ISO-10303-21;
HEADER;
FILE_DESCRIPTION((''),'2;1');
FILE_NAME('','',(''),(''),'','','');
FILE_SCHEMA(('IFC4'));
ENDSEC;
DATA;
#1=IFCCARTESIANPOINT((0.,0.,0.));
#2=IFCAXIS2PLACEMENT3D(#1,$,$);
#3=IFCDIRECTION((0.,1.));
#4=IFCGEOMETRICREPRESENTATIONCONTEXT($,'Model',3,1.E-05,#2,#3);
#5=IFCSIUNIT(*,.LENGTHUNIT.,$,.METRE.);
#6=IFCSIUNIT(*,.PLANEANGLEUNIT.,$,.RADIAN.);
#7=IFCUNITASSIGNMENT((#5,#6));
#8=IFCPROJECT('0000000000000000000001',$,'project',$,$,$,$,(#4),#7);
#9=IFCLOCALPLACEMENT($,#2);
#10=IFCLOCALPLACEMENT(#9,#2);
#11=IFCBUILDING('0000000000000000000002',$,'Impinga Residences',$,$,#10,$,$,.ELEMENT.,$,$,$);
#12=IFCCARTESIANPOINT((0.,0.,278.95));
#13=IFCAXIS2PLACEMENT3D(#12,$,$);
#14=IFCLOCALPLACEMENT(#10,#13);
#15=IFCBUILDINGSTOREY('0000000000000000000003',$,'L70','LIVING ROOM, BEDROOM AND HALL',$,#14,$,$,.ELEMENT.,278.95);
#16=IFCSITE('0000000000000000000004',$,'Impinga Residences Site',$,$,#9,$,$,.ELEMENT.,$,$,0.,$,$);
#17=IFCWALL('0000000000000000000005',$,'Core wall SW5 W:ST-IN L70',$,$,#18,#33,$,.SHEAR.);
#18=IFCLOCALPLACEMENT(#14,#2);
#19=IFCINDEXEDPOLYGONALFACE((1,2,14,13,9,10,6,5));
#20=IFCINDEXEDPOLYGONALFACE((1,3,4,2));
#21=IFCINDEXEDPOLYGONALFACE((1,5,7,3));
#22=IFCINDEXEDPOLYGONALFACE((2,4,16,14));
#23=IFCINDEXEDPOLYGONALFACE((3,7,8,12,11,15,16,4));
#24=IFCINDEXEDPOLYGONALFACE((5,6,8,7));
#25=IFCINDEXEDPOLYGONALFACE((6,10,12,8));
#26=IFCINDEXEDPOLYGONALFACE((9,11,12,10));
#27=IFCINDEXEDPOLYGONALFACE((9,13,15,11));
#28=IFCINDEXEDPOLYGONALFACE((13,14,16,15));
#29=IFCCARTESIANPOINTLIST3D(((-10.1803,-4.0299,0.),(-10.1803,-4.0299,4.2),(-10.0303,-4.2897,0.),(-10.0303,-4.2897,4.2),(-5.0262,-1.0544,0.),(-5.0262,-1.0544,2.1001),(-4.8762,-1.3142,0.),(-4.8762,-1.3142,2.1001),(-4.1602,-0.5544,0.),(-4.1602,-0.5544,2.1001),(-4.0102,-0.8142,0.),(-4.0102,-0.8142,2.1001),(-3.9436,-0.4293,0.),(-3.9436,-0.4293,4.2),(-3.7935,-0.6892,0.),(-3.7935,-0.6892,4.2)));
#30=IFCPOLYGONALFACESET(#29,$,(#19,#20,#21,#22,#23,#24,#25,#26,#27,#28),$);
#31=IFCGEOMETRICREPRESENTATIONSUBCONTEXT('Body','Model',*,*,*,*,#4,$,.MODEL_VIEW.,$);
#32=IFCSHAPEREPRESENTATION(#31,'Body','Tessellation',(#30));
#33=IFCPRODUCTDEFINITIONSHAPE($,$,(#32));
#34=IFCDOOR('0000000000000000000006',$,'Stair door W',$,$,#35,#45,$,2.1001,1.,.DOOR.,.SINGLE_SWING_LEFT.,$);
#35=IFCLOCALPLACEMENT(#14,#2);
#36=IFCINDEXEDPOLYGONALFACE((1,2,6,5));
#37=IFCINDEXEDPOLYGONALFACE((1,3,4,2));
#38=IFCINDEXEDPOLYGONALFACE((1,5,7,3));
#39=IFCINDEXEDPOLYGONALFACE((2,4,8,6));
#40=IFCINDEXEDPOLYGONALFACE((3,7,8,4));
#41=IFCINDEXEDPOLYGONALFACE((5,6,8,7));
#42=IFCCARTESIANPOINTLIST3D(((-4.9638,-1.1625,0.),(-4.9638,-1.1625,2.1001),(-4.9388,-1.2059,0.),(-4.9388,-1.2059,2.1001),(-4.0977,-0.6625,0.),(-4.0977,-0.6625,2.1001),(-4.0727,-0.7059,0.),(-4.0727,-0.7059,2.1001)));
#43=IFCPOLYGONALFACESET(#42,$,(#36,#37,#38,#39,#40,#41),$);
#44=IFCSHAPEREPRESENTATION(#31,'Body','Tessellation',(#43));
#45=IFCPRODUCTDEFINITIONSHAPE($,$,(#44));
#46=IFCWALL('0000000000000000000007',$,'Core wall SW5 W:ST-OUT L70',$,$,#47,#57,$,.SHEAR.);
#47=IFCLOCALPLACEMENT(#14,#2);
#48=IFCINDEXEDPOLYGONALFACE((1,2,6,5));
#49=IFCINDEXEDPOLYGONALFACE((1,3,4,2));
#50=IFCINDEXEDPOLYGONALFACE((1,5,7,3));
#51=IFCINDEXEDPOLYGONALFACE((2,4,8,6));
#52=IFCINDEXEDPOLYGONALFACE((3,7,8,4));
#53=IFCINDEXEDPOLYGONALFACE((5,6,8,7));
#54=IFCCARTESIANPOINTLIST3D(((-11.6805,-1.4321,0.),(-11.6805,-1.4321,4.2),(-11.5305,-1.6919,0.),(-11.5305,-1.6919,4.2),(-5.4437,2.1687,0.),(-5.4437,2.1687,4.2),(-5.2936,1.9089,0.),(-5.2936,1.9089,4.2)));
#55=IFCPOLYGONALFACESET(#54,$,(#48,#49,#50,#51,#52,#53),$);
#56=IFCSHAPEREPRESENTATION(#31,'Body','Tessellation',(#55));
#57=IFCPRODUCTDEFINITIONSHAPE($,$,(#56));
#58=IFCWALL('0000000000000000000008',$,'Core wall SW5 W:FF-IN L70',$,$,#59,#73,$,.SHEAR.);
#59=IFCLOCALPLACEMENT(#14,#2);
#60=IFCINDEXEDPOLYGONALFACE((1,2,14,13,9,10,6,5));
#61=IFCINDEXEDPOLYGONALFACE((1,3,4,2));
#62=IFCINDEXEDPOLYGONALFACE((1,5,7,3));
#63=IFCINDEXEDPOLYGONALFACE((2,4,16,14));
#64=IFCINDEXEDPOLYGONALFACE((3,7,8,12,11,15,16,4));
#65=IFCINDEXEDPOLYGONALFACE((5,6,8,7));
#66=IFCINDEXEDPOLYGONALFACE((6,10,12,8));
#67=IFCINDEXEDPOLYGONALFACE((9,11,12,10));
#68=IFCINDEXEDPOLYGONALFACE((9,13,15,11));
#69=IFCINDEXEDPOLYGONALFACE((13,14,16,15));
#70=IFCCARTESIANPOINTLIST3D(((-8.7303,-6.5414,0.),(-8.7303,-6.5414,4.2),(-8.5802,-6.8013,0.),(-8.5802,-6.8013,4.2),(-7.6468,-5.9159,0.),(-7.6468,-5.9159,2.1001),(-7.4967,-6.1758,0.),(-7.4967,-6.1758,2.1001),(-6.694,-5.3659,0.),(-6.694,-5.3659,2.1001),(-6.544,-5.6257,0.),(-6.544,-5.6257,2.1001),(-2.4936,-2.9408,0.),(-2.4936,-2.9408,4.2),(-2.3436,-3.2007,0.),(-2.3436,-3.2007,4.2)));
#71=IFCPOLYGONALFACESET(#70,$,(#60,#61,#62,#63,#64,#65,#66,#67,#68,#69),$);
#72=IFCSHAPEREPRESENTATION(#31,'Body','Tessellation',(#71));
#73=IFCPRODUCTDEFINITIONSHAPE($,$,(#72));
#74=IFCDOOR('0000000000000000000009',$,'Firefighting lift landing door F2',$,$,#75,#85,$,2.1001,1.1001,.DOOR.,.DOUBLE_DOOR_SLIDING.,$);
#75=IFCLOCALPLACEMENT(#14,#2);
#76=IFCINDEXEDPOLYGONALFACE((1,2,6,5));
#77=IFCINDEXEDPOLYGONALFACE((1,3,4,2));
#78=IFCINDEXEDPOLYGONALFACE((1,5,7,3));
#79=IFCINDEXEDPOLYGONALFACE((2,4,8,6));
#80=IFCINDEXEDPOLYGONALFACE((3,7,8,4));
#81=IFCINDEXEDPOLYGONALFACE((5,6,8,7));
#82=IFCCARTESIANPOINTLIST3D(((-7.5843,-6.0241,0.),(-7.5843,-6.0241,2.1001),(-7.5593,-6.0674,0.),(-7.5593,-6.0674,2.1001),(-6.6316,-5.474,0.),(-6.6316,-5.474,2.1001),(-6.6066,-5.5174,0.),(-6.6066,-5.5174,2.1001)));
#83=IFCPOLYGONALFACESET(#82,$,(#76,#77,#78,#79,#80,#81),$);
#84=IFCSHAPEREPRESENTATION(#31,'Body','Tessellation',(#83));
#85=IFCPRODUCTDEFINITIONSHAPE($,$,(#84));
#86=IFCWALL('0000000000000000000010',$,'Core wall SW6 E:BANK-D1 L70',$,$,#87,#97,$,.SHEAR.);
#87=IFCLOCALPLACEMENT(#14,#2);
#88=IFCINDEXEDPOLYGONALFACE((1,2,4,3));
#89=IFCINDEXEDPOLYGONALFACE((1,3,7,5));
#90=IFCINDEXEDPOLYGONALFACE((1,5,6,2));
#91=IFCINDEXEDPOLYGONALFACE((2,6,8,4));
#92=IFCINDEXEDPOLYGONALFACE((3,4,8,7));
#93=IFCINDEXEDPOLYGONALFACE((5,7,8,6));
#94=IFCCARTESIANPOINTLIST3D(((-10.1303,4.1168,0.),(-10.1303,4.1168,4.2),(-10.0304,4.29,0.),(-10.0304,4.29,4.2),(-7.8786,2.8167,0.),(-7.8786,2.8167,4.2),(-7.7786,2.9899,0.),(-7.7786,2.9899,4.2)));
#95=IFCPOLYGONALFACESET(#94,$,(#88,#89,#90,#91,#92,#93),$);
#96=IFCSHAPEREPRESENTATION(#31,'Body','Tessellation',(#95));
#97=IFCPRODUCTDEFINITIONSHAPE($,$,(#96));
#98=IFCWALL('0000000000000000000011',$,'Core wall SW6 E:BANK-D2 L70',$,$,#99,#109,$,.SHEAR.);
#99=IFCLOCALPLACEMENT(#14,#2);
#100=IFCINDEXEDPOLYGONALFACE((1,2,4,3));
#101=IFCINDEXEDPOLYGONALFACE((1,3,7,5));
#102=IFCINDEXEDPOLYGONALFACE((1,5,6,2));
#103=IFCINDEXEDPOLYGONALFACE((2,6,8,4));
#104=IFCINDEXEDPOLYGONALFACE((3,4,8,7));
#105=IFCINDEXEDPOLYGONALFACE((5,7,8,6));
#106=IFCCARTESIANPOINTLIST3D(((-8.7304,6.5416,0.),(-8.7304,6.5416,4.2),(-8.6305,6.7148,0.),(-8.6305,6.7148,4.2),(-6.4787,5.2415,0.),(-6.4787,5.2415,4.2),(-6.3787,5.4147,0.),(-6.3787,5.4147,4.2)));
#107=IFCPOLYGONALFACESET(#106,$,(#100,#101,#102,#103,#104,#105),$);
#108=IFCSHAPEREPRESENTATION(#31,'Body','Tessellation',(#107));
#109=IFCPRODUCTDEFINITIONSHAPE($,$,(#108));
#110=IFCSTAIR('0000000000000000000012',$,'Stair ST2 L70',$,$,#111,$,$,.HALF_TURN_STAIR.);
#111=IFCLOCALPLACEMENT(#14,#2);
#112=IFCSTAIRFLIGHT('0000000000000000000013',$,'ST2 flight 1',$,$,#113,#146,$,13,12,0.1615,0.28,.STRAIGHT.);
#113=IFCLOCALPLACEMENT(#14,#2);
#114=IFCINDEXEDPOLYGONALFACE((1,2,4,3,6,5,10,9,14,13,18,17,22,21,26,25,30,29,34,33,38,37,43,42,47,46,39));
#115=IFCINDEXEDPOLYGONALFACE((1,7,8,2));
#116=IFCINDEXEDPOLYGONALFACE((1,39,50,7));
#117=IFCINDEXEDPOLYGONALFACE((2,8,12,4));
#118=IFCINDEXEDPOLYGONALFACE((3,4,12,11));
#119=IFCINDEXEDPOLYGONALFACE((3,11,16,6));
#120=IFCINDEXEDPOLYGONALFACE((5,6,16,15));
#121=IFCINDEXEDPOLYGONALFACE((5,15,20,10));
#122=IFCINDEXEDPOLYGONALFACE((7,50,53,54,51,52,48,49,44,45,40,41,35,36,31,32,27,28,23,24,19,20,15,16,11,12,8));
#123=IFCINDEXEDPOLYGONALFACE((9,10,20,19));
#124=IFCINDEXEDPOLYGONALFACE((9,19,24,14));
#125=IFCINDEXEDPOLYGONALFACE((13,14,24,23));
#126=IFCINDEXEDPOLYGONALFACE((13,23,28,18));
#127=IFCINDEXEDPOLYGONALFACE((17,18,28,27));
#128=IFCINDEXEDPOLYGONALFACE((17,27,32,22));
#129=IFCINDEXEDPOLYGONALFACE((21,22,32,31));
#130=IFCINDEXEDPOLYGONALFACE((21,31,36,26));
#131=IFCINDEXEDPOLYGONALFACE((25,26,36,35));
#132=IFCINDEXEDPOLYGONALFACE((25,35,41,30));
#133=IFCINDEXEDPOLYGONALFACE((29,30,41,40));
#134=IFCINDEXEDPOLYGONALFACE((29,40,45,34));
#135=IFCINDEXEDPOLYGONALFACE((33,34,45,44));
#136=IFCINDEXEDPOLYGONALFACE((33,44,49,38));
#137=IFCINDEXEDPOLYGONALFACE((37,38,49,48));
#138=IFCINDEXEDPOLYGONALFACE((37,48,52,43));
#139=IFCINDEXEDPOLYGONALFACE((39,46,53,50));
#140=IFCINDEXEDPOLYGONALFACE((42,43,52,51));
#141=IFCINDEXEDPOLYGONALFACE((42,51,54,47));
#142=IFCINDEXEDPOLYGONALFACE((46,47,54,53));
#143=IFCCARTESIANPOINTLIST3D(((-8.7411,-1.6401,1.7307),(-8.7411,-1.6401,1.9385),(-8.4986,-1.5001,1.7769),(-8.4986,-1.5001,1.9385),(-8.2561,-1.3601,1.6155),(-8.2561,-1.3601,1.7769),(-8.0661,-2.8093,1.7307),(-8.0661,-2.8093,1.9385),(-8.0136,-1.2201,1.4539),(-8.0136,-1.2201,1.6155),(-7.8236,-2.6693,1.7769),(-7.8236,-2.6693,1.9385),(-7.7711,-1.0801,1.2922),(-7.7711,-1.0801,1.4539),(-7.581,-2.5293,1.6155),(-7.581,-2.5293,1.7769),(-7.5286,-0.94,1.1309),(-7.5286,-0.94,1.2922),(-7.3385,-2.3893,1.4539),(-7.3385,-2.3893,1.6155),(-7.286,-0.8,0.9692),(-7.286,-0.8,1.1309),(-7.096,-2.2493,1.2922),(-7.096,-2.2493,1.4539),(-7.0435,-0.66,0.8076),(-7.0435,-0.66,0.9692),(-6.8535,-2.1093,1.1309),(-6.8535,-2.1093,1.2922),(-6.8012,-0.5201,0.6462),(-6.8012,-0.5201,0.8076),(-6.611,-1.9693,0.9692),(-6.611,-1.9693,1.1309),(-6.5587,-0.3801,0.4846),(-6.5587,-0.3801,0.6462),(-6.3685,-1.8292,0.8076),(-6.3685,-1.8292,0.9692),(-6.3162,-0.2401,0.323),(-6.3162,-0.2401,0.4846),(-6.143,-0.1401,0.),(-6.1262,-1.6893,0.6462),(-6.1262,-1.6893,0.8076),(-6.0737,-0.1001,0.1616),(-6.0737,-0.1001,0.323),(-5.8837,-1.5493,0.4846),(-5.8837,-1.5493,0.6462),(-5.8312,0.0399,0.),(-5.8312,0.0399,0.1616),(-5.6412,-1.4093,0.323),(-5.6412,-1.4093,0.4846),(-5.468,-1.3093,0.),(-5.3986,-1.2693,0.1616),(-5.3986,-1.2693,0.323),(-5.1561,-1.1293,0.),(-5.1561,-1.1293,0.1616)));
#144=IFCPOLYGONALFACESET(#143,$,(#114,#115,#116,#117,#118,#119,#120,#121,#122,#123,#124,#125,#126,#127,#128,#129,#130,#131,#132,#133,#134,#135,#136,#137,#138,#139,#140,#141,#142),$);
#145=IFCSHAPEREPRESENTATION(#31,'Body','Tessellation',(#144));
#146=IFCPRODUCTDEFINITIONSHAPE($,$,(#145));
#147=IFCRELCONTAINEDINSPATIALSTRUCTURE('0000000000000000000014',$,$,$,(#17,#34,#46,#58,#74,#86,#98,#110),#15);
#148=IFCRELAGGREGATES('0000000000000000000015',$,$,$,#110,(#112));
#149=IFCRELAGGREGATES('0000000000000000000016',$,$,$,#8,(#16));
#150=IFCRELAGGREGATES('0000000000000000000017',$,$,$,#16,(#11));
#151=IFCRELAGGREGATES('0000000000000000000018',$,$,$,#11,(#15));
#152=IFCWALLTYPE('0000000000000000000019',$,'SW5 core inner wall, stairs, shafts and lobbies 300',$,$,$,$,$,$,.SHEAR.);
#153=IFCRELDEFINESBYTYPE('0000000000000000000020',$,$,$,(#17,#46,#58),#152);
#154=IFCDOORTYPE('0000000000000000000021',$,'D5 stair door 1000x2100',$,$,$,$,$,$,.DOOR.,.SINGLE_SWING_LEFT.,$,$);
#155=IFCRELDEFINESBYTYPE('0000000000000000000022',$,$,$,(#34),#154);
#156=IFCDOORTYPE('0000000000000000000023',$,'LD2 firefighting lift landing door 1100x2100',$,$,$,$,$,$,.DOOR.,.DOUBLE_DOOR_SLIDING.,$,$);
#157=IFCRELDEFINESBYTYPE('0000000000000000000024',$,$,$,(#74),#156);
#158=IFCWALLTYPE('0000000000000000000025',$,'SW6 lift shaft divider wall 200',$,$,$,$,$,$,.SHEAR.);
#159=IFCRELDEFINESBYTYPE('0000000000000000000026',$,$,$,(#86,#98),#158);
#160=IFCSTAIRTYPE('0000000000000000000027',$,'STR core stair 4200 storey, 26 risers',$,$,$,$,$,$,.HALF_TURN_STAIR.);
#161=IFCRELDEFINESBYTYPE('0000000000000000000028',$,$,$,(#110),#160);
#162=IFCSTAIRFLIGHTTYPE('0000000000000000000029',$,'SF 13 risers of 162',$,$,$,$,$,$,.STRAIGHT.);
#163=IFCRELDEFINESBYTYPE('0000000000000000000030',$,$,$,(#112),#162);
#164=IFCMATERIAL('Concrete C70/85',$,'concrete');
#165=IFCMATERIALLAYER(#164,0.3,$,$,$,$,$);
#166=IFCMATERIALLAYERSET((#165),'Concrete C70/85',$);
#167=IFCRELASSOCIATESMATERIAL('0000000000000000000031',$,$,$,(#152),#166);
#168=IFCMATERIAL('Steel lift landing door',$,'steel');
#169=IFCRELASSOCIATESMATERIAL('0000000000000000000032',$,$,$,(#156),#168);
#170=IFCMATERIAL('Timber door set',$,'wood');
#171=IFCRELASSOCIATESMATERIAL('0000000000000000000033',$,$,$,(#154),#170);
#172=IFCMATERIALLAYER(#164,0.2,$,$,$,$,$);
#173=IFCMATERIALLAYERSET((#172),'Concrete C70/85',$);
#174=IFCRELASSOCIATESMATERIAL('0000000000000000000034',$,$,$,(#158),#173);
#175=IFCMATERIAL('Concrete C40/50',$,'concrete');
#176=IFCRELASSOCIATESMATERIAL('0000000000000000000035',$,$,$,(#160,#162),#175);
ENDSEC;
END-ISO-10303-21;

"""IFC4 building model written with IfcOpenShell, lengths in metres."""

from ifc_helpers import new_model, si_unit, direction, frame, frame_2d, origin, place, context, subcontext, project, spatial, polyline, rectangle, outline, extrude, material, layer, layer_set, type_object, element, fill, aggregate, save


model = new_model("IFC4")

# Units and contexts
model_context = context("Model", 3, precision=1e-05, world=origin(), true_north=direction((0.0, 1.0)))
body_context = subcontext(model_context, "Body", "Model", "MODEL_VIEW")
ifc_project = project(units=[si_unit("LENGTHUNIT", "METRE"), si_unit("PLANEANGLEUNIT", "RADIAN")], contexts=[model_context])

# Site, building, storey
site_placement = place(None, origin())
site = spatial("IfcSite", under=ifc_project, at=site_placement, Name="Impinga Residences Site", CompositionType="ELEMENT", RefElevation=0.0)
building_placement = place(site_placement, origin())
building = spatial("IfcBuilding", under=site, at=building_placement, Name="Impinga Residences", CompositionType="ELEMENT")
storey_placement = place(building_placement, frame((0.0, 0.0, 278.95)))
storey = spatial("IfcBuildingStorey", under=building, at=storey_placement, Name="L70", Description="LIVING ROOM, BEDROOM AND HALL", CompositionType="ELEMENT", Elevation=278.95)

# Shared definitions
ifc_material_1 = material(Name="Concrete C70/85", Category="concrete")
ifc_layer_1 = layer(ifc_material_1, 0.3)
ifc_layer_set_1 = layer_set([ifc_layer_1], Name="Concrete C70/85")
wall_type_1 = type_object("IfcWallType", Name="SW5 core inner wall, stairs, shafts and lobbies 300", PredefinedType="SHEAR", material=ifc_layer_set_1)
ifc_material_2 = material(Name="Timber door set", Category="wood")

# Shared definitions
ifc_material_3 = material(Name="Steel lift landing door", Category="steel")
door_type_1 = type_object("IfcDoorType", Name="LD2 firefighting lift landing door 1100x2100", OperationType="DOUBLE_DOOR_SLIDING", PredefinedType="DOOR", material=ifc_material_3)

# Wall, opening, door
wall_1_placement = place(storey_placement, frame((-3.8687, -0.5593, 0.0), z_axis=(0.0, 0.0, 1.0), x_axis=(-0.86604, -0.499975, 0.0)))
wall_1 = element("IfcWall", 1, at=wall_1_placement, inside=storey, type_object=wall_type_1, Name="Core wall SW5 W:ST-IN L70", PredefinedType="SHEAR", context=body_context, shape_type="SweptSolid", body=[
    extrude(rectangle(XDim=7.2014, YDim=0.3, at=frame_2d((3.6006, 0.0))), origin(), (0.0, 0.0, 1.0), 4.2),
])
opening_1_placement = place(wall_1_placement, frame((0.25, 0.0, 0.0)))
opening_1 = element("IfcOpeningElement", 2, at=opening_1_placement, cuts=wall_1, PredefinedType="OPENING", context=body_context, shape_type="SweptSolid", body=[
    extrude(rectangle(XDim=1.0, YDim=2.1001, at=frame_2d((0.5, 1.05))), frame((0.0, 0.1599, 0.0), z_axis=(0.0, -1.0, 0.0), x_axis=(1.0, 0.0, 0.0)), (0.0, 0.0, 1.0), 0.3201),
])
door_type_2 = type_object("IfcDoorType", Name="D5 stair door 1000x2100", OperationType="SINGLE_SWING_LEFT", PredefinedType="DOOR", material=ifc_material_2)
door_1_placement = place(opening_1_placement, origin())
door_1 = element("IfcDoor", 3, at=door_1_placement, inside=storey, type_object=door_type_2, Name="Stair door W", OperationType="SINGLE_SWING_LEFT", OverallHeight=2.1001, OverallWidth=1.0, PredefinedType="DOOR", context=body_context, shape_type="SweptSolid", body=[
    extrude(rectangle(XDim=1.0, YDim=2.1001, at=frame_2d((0.5, 1.05))), frame((0.0, 0.0249, 0.0), z_axis=(0.0, -1.0, 0.0), x_axis=(1.0, 0.0, 0.0)), (0.0, 0.0, 1.0), 0.05),
])
fill(opening_1, door_1)

# Wall
wall_2_placement = place(storey_placement, frame((-5.3687, 2.0388, 0.0), z_axis=(0.0, 0.0, 1.0), x_axis=(-0.866025, -0.5, 0.0)))
element("IfcWall", 4, at=wall_2_placement, inside=storey, type_object=wall_type_1, Name="Core wall SW5 W:ST-OUT L70", PredefinedType="SHEAR", context=body_context, shape_type="SweptSolid", body=[
    extrude(rectangle(XDim=7.2017, YDim=0.3, at=frame_2d((3.6008, 0.0))), origin(), (0.0, 0.0, 1.0), 4.2),
])

# Wall, opening, door
wall_3_placement = place(storey_placement, frame((-2.4187, -3.0708, 0.0), z_axis=(0.0, 0.0, 1.0), x_axis=(-0.866031, -0.49999, 0.0)))
wall_3 = element("IfcWall", 5, at=wall_3_placement, inside=storey, type_object=wall_type_1, Name="Core wall SW5 W:FF-IN L70", PredefinedType="SHEAR", context=body_context, shape_type="SweptSolid", body=[
    extrude(rectangle(XDim=7.2014, YDim=0.3, at=frame_2d((3.6006, 0.0))), origin(), (0.0, 0.0, 1.0), 4.2),
])
opening_2_placement = place(wall_3_placement, frame((4.8501, 0.0, 0.0)))
opening_2 = element("IfcOpeningElement", 6, at=opening_2_placement, cuts=wall_3, PredefinedType="OPENING", context=body_context, shape_type="SweptSolid", body=[
    extrude(rectangle(XDim=1.1001, YDim=2.1001, at=frame_2d((0.55, 1.05))), frame((0.0, 0.1599, 0.0), z_axis=(0.0, -1.0, 0.0), x_axis=(1.0, 0.0, 0.0)), (0.0, 0.0, 1.0), 0.3201),
])
door_2_placement = place(opening_2_placement, origin())
door_2 = element("IfcDoor", 7, at=door_2_placement, inside=storey, type_object=door_type_1, Name="Firefighting lift landing door F2", OperationType="DOUBLE_DOOR_SLIDING", OverallHeight=2.1001, OverallWidth=1.1001, PredefinedType="DOOR", context=body_context, shape_type="SweptSolid", body=[
    extrude(rectangle(XDim=1.1001, YDim=2.1001, at=frame_2d((0.55, 1.05))), frame((0.0, 0.0249, 0.0), z_axis=(0.0, -1.0, 0.0), x_axis=(1.0, 0.0, 0.0)), (0.0, 0.0, 1.0), 0.05),
])
fill(opening_2, door_2)

# Walls
ifc_layer_2 = layer(ifc_material_1, 0.2)
ifc_layer_set_2 = layer_set([ifc_layer_2], Name="Concrete C70/85")
wall_type_2 = type_object("IfcWallType", Name="SW6 lift shaft divider wall 200", PredefinedType="SHEAR", material=ifc_layer_set_2)
for number, where, z_axis, x_axis, name in (
    (8, (-7.8286, 2.9033, 0.0), (0.0, 0.0, 1.0), (-0.866021, 0.500007, 0.0), "Core wall SW6 E:BANK-D1 L70"),
    (9, (-6.4287, 5.3281, 0.0), (0.0, 0.0, 1.0), (-0.866021, 0.500007, 0.0), "Core wall SW6 E:BANK-D2 L70"),
):
    element("IfcWall", number, at=place(storey_placement, frame(where, z_axis=z_axis, x_axis=x_axis)), inside=storey, type_object=wall_type_2, Name=name, PredefinedType="SHEAR", context=body_context, shape_type="SweptSolid", body=[
        extrude(rectangle(XDim=2.6001, YDim=0.2, at=frame_2d((1.3, 0.0))), origin(), (0.0, 0.0, 1.0), 4.2),
    ])

# Stair, stair flight
ifc_material_4 = material(Name="Concrete C40/50", Category="concrete")
stair_type = type_object("IfcStairType", Name="STR core stair 4200 storey, 26 risers", PredefinedType="HALF_TURN_STAIR", material=ifc_material_4)
stair_placement = place(storey_placement, origin())
stair = element("IfcStair", 10, at=stair_placement, inside=storey, type_object=stair_type, Name="Stair ST2 L70", PredefinedType="HALF_TURN_STAIR")
stair_flight_type = type_object("IfcStairFlightType", Name="SF 13 risers of 162", PredefinedType="STRAIGHT", material=ifc_material_4)
stair_flight_placement = place(storey_placement, frame((-5.4937, -0.5447, 0.0), z_axis=(0.0, 0.0, 1.0), x_axis=(-0.866025, -0.5, 0.0)))
stair_flight = element("IfcStairFlight", 11, at=stair_flight_placement, type_object=stair_flight_type, Name="ST2 flight 1", NumberOfRisers=13, NumberOfTreads=12, PredefinedType="STRAIGHT", RiserHeight=0.1615, TreadLength=0.28, context=body_context, shape_type="SweptSolid", body=[
    extrude(outline(polyline([(0.0, 0.0), (0.0, 0.1616), (0.28, 0.1616), (0.28, 0.323), (0.5601, 0.323), (0.5601, 0.4846), (0.8401, 0.4846), (0.8401, 0.6462), (1.1201, 0.6462), (1.1201, 0.8076), (1.3999, 0.8076), (1.3999, 0.9692), (1.6799, 0.9692), (1.6799, 1.1309), (1.96, 1.1309), (1.96, 1.2922), (2.24, 1.2922), (2.24, 1.4539), (2.52, 1.4539), (2.52, 1.6155), (2.8, 1.6155), (2.8, 1.7769), (3.0801, 1.7769), (3.0801, 1.9385), (3.3601, 1.9385), (3.3601, 2.1001), (3.3601, 1.7307), (0.3601, 0.0), (0.0, 0.0)])), frame((0.0, 0.675, 0.0), z_axis=(0.0, -1.0, 0.0), x_axis=(1.0, 0.0, 0.0)), (0.0, 0.0, 1.0), 1.3501),
])
aggregate(stair, [stair_flight])

save(model, "model.ifc")
